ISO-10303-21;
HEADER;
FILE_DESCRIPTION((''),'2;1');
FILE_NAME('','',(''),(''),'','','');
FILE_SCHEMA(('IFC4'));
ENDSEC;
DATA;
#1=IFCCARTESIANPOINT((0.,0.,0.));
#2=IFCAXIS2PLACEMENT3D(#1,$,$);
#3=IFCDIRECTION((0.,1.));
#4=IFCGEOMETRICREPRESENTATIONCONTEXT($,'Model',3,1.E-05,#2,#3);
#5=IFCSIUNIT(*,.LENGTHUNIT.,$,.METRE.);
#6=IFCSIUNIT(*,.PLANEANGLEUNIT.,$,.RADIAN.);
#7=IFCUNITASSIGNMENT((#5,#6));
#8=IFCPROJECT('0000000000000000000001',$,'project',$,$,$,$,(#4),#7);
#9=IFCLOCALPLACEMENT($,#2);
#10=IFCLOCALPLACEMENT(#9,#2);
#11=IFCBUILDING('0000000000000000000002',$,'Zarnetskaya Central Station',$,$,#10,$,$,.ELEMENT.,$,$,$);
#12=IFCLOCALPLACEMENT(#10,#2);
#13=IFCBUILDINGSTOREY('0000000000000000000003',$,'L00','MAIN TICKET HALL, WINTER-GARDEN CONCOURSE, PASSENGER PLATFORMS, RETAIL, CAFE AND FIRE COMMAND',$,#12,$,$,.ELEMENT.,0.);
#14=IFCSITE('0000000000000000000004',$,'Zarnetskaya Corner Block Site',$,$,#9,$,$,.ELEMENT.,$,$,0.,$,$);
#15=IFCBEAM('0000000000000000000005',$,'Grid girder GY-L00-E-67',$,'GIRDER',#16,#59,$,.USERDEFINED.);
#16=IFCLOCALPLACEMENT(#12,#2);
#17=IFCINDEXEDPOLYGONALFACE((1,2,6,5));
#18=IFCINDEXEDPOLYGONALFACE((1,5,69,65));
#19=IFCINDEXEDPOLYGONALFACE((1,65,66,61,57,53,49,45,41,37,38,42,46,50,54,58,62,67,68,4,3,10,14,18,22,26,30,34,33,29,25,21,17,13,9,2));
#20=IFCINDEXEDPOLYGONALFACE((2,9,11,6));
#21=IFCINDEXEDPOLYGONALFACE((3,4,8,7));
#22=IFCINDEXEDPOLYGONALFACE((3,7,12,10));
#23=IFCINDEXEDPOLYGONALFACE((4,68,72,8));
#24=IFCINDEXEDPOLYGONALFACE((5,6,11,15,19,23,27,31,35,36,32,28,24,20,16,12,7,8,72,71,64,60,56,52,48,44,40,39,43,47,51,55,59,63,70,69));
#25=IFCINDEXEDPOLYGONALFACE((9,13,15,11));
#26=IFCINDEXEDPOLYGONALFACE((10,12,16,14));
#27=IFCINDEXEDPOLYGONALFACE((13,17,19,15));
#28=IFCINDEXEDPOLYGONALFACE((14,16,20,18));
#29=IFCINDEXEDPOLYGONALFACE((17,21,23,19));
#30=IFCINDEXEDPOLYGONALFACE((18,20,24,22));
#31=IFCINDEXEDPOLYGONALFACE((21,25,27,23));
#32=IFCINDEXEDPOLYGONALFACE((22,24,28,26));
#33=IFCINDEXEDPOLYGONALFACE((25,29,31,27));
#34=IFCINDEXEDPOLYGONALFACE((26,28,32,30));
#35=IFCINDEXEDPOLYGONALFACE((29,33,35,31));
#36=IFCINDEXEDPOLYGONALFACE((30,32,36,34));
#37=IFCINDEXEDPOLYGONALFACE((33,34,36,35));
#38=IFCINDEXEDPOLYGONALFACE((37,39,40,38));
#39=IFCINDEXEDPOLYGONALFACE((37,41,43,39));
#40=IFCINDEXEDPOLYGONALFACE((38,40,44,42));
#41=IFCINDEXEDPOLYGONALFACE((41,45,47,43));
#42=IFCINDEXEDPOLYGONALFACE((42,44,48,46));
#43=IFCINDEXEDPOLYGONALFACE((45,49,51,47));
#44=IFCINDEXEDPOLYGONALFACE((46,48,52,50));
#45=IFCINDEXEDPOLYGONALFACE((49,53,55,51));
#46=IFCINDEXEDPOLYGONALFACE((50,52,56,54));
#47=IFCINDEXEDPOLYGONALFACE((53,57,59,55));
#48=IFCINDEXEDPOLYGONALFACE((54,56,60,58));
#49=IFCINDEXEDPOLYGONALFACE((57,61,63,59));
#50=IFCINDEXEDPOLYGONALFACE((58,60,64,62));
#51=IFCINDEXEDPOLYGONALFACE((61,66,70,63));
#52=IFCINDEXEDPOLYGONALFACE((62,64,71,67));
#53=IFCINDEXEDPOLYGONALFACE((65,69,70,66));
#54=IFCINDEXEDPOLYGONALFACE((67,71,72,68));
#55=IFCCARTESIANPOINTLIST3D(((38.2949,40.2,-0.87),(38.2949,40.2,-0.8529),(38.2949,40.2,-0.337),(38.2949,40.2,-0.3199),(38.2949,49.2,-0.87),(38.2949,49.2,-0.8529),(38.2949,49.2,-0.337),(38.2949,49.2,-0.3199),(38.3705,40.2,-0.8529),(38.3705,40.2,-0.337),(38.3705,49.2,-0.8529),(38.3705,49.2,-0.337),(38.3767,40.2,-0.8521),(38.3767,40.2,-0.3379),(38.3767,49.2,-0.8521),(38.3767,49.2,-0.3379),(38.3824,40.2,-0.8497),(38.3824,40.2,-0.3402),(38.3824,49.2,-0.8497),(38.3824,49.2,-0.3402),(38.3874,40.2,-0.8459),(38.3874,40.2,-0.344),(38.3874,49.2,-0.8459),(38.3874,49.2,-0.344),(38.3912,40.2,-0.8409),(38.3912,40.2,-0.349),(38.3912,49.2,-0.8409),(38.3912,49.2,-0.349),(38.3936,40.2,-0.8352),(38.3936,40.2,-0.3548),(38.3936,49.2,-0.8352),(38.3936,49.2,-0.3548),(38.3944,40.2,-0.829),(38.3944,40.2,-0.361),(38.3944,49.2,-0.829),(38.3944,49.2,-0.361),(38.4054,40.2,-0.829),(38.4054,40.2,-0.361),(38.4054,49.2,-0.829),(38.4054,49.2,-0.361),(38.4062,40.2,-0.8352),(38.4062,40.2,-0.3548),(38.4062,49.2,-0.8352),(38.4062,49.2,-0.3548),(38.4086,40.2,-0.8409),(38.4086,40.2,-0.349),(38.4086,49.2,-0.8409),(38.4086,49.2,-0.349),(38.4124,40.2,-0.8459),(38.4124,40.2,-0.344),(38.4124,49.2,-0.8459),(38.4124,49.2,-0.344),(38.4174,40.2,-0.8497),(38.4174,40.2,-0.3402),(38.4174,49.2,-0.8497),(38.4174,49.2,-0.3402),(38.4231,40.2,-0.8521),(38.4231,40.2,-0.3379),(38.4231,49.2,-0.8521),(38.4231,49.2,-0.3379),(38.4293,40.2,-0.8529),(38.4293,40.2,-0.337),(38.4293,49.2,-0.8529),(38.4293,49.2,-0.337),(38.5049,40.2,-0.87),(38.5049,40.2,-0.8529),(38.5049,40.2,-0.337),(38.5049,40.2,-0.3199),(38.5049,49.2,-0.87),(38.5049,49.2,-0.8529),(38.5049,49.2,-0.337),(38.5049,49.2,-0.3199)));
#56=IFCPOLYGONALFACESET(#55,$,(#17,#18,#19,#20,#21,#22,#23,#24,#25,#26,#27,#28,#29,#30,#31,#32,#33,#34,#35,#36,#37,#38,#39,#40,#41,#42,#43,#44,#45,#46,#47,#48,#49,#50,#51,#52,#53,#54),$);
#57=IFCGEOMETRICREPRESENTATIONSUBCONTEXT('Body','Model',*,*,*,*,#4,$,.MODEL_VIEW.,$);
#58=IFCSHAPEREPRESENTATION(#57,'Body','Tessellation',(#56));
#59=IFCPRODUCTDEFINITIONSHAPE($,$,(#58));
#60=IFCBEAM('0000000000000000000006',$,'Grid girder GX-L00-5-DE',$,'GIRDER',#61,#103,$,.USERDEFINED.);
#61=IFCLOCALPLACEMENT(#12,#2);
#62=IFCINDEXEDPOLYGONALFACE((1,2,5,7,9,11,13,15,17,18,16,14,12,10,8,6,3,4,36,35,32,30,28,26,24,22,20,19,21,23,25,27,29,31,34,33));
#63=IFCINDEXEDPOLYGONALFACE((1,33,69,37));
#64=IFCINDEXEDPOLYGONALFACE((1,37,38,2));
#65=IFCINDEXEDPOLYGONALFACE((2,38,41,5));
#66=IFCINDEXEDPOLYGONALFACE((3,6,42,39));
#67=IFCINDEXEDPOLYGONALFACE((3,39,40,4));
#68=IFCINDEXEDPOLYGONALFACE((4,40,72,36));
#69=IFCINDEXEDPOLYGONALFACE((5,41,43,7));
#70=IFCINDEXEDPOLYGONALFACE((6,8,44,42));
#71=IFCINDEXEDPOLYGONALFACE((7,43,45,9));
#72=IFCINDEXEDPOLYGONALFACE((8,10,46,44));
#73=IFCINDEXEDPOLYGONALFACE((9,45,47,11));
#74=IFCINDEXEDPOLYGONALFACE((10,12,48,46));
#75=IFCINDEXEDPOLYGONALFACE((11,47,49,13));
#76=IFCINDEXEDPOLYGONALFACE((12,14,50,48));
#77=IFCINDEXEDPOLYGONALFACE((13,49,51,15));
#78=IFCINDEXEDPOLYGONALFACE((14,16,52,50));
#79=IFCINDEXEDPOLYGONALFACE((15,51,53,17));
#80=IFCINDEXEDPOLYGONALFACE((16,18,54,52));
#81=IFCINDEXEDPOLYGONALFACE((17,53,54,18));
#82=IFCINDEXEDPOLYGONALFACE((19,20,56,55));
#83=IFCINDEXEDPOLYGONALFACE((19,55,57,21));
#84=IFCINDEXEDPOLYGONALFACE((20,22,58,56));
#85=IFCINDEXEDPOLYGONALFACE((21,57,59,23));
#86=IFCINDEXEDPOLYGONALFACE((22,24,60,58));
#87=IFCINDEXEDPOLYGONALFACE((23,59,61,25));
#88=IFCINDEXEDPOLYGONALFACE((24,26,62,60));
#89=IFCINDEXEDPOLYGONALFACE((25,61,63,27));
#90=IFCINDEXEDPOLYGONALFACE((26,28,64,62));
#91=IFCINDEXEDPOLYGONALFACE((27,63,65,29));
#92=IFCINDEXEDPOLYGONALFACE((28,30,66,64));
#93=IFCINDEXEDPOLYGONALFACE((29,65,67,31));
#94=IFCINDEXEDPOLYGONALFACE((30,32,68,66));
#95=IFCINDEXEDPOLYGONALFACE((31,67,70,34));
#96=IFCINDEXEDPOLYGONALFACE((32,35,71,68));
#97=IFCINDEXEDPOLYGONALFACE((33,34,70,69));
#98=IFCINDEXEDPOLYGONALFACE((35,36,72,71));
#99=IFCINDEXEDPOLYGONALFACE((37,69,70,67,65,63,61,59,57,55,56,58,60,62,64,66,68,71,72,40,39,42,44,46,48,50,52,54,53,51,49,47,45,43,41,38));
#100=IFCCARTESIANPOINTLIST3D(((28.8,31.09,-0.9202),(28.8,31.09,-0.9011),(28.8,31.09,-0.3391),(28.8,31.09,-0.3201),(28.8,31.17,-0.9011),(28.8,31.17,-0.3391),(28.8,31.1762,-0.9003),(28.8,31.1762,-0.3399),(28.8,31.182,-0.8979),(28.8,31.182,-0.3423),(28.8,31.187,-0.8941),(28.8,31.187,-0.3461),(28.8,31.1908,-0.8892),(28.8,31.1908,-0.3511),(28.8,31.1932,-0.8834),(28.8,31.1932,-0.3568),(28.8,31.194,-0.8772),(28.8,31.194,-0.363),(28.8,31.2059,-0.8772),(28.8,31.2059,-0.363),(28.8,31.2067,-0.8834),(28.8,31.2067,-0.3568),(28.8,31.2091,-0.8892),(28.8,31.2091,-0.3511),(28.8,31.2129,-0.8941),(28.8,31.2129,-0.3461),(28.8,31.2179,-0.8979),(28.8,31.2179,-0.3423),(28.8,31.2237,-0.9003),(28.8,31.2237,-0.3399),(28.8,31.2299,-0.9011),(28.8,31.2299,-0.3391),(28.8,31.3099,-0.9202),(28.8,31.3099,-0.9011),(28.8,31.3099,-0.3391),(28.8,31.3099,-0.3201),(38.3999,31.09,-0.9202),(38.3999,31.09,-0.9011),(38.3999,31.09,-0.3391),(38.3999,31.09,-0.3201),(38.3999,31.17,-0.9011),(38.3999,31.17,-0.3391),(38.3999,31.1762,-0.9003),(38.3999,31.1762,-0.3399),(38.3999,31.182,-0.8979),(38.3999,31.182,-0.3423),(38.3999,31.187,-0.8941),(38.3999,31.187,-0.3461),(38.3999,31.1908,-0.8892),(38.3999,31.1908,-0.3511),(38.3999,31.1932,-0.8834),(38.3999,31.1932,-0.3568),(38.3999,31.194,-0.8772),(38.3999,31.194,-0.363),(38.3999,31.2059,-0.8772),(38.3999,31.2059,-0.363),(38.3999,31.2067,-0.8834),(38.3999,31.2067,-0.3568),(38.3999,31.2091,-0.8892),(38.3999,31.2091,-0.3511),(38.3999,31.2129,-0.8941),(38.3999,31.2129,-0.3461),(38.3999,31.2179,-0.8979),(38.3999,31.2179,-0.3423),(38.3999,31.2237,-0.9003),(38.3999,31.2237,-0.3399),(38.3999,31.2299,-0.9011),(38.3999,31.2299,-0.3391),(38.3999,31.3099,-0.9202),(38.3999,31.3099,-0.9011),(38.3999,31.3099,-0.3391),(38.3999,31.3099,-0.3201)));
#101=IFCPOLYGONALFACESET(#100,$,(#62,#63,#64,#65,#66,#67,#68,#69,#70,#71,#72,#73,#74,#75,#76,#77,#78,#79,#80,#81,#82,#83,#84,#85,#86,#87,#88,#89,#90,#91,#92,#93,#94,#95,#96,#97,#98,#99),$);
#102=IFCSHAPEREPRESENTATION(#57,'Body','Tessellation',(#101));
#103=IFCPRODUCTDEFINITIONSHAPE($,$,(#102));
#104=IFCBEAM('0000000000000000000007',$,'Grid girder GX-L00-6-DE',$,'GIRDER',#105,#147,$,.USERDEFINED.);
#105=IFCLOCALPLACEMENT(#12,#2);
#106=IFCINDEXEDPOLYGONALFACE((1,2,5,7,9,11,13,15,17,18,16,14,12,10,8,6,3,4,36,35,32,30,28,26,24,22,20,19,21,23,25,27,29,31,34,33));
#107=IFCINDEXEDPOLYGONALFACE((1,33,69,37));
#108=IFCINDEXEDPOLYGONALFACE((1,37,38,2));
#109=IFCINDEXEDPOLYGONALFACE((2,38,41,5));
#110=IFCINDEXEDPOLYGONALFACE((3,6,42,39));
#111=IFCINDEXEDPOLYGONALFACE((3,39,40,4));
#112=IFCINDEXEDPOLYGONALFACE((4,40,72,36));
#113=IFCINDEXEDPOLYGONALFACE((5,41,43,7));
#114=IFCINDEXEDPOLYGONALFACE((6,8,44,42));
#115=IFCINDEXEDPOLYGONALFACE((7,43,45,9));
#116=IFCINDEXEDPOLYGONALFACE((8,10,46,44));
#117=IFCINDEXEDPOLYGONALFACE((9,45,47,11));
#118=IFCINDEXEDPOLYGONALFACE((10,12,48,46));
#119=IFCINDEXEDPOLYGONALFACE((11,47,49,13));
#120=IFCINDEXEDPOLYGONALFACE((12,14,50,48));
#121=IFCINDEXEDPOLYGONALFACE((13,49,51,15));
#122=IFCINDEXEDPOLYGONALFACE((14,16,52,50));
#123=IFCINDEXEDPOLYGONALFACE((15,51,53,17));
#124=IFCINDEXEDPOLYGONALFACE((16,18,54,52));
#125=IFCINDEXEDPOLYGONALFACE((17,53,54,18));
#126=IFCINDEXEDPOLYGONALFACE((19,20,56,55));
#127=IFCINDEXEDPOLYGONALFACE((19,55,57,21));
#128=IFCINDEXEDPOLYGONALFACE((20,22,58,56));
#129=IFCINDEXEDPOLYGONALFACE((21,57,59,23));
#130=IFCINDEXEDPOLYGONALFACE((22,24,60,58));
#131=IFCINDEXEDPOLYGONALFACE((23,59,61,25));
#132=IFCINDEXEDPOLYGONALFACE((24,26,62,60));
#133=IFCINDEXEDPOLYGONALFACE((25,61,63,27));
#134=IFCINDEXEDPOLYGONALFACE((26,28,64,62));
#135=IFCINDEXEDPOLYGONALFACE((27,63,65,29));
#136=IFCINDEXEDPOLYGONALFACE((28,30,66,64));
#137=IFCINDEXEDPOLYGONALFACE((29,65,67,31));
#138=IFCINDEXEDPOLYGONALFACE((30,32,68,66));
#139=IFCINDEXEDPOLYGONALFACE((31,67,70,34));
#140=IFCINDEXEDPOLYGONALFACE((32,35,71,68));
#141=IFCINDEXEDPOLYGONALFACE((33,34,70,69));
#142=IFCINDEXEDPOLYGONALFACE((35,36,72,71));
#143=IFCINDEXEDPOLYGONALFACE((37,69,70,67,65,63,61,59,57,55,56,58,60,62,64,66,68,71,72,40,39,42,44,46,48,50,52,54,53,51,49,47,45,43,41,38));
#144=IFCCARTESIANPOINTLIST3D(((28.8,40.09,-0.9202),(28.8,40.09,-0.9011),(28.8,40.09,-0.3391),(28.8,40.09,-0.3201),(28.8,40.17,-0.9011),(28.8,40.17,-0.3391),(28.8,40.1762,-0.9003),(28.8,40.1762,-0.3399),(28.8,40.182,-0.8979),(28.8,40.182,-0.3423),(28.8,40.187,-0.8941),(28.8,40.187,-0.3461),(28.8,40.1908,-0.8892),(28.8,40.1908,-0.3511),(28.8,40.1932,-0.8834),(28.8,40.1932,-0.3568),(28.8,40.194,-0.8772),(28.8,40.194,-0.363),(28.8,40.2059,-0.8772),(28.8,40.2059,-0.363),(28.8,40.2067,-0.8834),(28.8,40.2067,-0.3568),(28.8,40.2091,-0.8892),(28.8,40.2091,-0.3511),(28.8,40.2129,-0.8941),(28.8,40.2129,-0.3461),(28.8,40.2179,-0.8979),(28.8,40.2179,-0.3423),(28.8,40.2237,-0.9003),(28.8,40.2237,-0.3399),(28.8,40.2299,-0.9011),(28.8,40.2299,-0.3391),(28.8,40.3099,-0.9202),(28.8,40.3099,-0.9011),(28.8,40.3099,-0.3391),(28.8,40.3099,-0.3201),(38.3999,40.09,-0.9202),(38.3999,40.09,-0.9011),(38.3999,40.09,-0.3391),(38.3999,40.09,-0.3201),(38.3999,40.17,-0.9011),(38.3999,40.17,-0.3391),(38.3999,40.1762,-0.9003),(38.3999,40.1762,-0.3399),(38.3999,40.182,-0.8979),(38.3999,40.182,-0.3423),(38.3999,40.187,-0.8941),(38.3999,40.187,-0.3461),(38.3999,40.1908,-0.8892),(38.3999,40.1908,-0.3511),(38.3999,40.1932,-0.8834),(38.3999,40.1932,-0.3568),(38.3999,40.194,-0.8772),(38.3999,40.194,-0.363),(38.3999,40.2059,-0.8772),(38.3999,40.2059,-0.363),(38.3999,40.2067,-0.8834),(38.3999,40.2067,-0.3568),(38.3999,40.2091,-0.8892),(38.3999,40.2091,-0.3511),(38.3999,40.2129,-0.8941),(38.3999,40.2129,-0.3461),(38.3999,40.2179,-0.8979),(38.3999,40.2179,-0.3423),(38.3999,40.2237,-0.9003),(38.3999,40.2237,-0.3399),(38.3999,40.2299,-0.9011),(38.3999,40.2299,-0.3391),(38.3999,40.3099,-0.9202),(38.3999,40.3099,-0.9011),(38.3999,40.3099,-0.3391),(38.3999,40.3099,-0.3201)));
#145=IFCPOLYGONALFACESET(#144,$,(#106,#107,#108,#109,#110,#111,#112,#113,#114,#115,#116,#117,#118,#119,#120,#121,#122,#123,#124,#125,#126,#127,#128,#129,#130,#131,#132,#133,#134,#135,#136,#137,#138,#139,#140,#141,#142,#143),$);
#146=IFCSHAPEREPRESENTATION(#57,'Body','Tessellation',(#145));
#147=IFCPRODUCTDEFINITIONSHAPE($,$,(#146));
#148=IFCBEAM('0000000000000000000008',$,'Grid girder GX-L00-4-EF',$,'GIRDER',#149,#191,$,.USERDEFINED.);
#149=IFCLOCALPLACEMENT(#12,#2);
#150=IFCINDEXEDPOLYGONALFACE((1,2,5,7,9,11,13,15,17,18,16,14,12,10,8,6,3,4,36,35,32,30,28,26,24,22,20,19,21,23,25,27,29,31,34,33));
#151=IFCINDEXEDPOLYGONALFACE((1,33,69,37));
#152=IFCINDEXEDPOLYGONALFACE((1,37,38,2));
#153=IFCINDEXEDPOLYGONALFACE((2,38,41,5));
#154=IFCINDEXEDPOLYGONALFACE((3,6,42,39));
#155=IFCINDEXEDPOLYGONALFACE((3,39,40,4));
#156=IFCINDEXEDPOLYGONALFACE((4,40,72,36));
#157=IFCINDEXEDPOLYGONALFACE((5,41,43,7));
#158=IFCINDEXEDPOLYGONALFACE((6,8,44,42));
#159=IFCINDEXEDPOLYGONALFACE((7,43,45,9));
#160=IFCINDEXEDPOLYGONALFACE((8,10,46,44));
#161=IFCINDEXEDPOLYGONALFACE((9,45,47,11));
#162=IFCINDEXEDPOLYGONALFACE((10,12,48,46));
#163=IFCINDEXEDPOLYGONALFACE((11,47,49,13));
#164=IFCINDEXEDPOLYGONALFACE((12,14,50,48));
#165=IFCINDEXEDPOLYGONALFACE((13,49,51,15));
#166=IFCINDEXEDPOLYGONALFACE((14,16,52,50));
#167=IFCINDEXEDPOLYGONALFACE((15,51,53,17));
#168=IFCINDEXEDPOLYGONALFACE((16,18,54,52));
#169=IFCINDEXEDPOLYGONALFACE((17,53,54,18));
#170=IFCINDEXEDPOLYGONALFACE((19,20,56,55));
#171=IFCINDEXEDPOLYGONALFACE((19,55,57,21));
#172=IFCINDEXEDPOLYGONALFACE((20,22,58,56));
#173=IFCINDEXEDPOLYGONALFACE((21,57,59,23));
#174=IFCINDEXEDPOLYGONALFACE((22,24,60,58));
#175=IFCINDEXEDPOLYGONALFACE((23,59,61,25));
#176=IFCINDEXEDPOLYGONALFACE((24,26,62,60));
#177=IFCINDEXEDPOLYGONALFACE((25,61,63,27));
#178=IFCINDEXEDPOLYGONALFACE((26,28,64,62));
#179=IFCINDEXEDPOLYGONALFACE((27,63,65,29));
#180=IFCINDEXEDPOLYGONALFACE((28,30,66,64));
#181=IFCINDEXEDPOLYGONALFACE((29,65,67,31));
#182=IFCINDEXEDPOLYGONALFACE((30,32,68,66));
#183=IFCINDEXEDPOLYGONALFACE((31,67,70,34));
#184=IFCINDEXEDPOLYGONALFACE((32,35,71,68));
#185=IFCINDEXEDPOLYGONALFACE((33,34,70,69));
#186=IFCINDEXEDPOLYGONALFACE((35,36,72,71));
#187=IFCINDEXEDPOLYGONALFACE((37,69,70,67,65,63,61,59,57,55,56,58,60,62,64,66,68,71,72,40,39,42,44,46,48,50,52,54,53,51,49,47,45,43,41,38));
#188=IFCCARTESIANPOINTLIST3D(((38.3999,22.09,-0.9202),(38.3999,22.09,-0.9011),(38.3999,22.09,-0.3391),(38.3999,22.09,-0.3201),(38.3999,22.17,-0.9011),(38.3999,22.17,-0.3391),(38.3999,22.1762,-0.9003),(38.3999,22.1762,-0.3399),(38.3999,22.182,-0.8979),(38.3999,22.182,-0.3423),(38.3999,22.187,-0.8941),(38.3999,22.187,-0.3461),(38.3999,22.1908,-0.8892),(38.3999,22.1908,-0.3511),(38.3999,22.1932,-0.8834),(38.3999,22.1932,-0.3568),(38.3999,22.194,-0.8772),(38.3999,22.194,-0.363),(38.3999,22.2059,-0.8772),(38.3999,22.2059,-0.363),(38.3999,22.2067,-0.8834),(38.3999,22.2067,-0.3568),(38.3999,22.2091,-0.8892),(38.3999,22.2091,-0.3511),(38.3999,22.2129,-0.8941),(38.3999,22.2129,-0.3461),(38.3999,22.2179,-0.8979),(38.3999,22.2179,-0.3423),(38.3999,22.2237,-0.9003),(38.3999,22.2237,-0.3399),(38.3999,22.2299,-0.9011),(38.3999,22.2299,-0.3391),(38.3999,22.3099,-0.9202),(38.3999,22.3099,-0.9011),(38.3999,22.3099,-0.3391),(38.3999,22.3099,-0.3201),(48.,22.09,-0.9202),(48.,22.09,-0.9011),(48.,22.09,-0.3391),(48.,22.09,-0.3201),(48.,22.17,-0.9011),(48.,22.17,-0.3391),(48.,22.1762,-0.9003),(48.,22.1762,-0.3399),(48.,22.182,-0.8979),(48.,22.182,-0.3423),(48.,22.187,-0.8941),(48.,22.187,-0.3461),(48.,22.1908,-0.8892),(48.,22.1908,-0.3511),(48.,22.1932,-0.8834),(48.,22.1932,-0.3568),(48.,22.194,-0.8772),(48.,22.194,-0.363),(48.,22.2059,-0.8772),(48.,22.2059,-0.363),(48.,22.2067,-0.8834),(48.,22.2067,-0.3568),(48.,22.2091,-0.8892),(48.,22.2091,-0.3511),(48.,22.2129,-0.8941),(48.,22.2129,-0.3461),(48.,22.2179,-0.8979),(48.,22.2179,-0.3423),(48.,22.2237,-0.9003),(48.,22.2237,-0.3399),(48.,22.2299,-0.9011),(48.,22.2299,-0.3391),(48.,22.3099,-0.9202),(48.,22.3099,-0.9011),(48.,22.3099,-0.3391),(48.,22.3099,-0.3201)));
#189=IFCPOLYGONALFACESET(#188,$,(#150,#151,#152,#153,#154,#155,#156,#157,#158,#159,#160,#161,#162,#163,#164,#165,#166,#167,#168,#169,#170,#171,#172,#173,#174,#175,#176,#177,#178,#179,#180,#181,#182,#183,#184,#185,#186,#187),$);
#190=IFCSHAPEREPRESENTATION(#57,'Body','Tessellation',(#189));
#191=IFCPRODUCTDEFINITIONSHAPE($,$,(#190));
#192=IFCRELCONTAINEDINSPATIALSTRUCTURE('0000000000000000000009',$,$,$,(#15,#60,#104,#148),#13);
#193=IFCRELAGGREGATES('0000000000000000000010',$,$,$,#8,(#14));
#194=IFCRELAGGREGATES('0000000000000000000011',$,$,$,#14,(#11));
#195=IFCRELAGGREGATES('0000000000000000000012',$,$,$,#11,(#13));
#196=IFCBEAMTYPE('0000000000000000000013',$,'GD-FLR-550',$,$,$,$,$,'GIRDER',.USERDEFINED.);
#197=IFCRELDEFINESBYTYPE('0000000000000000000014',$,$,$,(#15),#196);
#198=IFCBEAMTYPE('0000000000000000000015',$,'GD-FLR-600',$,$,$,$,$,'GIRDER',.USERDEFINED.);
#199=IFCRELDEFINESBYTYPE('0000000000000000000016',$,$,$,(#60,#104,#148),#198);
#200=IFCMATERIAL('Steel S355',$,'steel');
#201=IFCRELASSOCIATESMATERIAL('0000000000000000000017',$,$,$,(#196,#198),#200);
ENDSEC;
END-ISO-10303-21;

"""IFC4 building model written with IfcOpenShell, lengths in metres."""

from ifc_helpers import new_model, si_unit, direction, frame, origin, origin_2d, place, context, subcontext, project, spatial, i_section, extrude, material, material_profile, profile_set, type_object, element, save


model = new_model("IFC4")

# Units and contexts
model_context = context("Model", 3, precision=1e-05, world=origin(), true_north=direction((0.0, 1.0)))
body_context = subcontext(model_context, "Body", "Model", "MODEL_VIEW")
ifc_project = project(units=[si_unit("LENGTHUNIT", "METRE"), si_unit("PLANEANGLEUNIT", "RADIAN")], contexts=[model_context])

# Site, building, storey
site_placement = place(None, origin())
site = spatial("IfcSite", under=ifc_project, at=site_placement, Name="Zarnetskaya Corner Block Site", CompositionType="ELEMENT", RefElevation=0.0)
building_placement = place(site_placement, origin())
building = spatial("IfcBuilding", under=site, at=building_placement, Name="Zarnetskaya Central Station", CompositionType="ELEMENT")
storey_placement = place(building_placement, origin())
storey = spatial("IfcBuildingStorey", under=building, at=storey_placement, Name="L00", Description="MAIN TICKET HALL, WINTER-GARDEN CONCOURSE, PASSENGER PLATFORMS, RETAIL, CAFE AND FIRE COMMAND", CompositionType="ELEMENT", Elevation=0.0)

# Shared definitions
ifc_material_1 = material(Name="Steel S355", Category="steel")

# Beams
ifc_material_profile_1 = material_profile(ifc_material_1, i_section(OverallWidth=0.21, OverallDepth=0.55, WebThickness=0.011, FlangeThickness=0.0171, FilletRadius=0.0239, at=origin_2d()), Name="IPE 550")
ifc_profile_set_1 = profile_set([ifc_material_profile_1], Name="Steel S355")
beam_type_1 = type_object("IfcBeamType", Name="GD-FLR-550", ElementType="GIRDER", PredefinedType="USERDEFINED", material=ifc_profile_set_1)
for number, where, z_axis, x_axis, name in (
    (1, (38.3999, 40.2, -0.595), (0.0, 1.0, 0.0), (-1.0, 0.0, 0.0), "Grid girder GY-L00-E-67"),
):
    element("IfcBeam", number, at=place(storey_placement, frame(where, z_axis=z_axis, x_axis=x_axis)), inside=storey, type_object=beam_type_1, Name=name, ObjectType="GIRDER", PredefinedType="USERDEFINED", context=body_context, shape_type="SweptSolid", body=[
        extrude(i_section(OverallWidth=0.21, OverallDepth=0.55, WebThickness=0.011, FlangeThickness=0.0171, FilletRadius=0.0239, at=origin_2d()), origin(), (0.0, 0.0, 1.0), 9.0),
    ])
ifc_material_profile_2 = material_profile(ifc_material_1, i_section(OverallWidth=0.22, OverallDepth=0.6001, WebThickness=0.012, FlangeThickness=0.019, FilletRadius=0.0239, at=origin_2d()), Name="IPE 600")
ifc_profile_set_2 = profile_set([ifc_material_profile_2], Name="Steel S355")
beam_type_2 = type_object("IfcBeamType", Name="GD-FLR-600", ElementType="GIRDER", PredefinedType="USERDEFINED", material=ifc_profile_set_2)
for number, where, z_axis, x_axis, name in (
    (2, (28.8, 31.2, -0.6201), (1.0, 0.0, 0.0), (0.0, 1.0, 0.0), "Grid girder GX-L00-5-DE"),
    (3, (28.8, 40.2, -0.6201), (1.0, 0.0, 0.0), (0.0, 1.0, 0.0), "Grid girder GX-L00-6-DE"),
):
    element("IfcBeam", number, at=place(storey_placement, frame(where, z_axis=z_axis, x_axis=x_axis)), inside=storey, type_object=beam_type_2, Name=name, ObjectType="GIRDER", PredefinedType="USERDEFINED", context=body_context, shape_type="SweptSolid", body=[
        extrude(i_section(OverallWidth=0.22, OverallDepth=0.6001, WebThickness=0.012, FlangeThickness=0.019, FilletRadius=0.0239, at=origin_2d()), origin(), (0.0, 0.0, 1.0), 9.5999),
    ])
for number, where, z_axis, x_axis, name in (
    (4, (38.3999, 22.2, -0.6201), (1.0, 0.0, 0.0), (0.0, 1.0, 0.0), "Grid girder GX-L00-4-EF"),
):
    element("IfcBeam", number, at=place(storey_placement, frame(where, z_axis=z_axis, x_axis=x_axis)), inside=storey, type_object=beam_type_2, Name=name, ObjectType="GIRDER", PredefinedType="USERDEFINED", context=body_context, shape_type="SweptSolid", body=[
        extrude(i_section(OverallWidth=0.22, OverallDepth=0.6001, WebThickness=0.012, FlangeThickness=0.019, FilletRadius=0.0239, at=origin_2d()), origin(), (0.0, 0.0, 1.0), 9.6001),
    ])

save(model, "model.ifc")
